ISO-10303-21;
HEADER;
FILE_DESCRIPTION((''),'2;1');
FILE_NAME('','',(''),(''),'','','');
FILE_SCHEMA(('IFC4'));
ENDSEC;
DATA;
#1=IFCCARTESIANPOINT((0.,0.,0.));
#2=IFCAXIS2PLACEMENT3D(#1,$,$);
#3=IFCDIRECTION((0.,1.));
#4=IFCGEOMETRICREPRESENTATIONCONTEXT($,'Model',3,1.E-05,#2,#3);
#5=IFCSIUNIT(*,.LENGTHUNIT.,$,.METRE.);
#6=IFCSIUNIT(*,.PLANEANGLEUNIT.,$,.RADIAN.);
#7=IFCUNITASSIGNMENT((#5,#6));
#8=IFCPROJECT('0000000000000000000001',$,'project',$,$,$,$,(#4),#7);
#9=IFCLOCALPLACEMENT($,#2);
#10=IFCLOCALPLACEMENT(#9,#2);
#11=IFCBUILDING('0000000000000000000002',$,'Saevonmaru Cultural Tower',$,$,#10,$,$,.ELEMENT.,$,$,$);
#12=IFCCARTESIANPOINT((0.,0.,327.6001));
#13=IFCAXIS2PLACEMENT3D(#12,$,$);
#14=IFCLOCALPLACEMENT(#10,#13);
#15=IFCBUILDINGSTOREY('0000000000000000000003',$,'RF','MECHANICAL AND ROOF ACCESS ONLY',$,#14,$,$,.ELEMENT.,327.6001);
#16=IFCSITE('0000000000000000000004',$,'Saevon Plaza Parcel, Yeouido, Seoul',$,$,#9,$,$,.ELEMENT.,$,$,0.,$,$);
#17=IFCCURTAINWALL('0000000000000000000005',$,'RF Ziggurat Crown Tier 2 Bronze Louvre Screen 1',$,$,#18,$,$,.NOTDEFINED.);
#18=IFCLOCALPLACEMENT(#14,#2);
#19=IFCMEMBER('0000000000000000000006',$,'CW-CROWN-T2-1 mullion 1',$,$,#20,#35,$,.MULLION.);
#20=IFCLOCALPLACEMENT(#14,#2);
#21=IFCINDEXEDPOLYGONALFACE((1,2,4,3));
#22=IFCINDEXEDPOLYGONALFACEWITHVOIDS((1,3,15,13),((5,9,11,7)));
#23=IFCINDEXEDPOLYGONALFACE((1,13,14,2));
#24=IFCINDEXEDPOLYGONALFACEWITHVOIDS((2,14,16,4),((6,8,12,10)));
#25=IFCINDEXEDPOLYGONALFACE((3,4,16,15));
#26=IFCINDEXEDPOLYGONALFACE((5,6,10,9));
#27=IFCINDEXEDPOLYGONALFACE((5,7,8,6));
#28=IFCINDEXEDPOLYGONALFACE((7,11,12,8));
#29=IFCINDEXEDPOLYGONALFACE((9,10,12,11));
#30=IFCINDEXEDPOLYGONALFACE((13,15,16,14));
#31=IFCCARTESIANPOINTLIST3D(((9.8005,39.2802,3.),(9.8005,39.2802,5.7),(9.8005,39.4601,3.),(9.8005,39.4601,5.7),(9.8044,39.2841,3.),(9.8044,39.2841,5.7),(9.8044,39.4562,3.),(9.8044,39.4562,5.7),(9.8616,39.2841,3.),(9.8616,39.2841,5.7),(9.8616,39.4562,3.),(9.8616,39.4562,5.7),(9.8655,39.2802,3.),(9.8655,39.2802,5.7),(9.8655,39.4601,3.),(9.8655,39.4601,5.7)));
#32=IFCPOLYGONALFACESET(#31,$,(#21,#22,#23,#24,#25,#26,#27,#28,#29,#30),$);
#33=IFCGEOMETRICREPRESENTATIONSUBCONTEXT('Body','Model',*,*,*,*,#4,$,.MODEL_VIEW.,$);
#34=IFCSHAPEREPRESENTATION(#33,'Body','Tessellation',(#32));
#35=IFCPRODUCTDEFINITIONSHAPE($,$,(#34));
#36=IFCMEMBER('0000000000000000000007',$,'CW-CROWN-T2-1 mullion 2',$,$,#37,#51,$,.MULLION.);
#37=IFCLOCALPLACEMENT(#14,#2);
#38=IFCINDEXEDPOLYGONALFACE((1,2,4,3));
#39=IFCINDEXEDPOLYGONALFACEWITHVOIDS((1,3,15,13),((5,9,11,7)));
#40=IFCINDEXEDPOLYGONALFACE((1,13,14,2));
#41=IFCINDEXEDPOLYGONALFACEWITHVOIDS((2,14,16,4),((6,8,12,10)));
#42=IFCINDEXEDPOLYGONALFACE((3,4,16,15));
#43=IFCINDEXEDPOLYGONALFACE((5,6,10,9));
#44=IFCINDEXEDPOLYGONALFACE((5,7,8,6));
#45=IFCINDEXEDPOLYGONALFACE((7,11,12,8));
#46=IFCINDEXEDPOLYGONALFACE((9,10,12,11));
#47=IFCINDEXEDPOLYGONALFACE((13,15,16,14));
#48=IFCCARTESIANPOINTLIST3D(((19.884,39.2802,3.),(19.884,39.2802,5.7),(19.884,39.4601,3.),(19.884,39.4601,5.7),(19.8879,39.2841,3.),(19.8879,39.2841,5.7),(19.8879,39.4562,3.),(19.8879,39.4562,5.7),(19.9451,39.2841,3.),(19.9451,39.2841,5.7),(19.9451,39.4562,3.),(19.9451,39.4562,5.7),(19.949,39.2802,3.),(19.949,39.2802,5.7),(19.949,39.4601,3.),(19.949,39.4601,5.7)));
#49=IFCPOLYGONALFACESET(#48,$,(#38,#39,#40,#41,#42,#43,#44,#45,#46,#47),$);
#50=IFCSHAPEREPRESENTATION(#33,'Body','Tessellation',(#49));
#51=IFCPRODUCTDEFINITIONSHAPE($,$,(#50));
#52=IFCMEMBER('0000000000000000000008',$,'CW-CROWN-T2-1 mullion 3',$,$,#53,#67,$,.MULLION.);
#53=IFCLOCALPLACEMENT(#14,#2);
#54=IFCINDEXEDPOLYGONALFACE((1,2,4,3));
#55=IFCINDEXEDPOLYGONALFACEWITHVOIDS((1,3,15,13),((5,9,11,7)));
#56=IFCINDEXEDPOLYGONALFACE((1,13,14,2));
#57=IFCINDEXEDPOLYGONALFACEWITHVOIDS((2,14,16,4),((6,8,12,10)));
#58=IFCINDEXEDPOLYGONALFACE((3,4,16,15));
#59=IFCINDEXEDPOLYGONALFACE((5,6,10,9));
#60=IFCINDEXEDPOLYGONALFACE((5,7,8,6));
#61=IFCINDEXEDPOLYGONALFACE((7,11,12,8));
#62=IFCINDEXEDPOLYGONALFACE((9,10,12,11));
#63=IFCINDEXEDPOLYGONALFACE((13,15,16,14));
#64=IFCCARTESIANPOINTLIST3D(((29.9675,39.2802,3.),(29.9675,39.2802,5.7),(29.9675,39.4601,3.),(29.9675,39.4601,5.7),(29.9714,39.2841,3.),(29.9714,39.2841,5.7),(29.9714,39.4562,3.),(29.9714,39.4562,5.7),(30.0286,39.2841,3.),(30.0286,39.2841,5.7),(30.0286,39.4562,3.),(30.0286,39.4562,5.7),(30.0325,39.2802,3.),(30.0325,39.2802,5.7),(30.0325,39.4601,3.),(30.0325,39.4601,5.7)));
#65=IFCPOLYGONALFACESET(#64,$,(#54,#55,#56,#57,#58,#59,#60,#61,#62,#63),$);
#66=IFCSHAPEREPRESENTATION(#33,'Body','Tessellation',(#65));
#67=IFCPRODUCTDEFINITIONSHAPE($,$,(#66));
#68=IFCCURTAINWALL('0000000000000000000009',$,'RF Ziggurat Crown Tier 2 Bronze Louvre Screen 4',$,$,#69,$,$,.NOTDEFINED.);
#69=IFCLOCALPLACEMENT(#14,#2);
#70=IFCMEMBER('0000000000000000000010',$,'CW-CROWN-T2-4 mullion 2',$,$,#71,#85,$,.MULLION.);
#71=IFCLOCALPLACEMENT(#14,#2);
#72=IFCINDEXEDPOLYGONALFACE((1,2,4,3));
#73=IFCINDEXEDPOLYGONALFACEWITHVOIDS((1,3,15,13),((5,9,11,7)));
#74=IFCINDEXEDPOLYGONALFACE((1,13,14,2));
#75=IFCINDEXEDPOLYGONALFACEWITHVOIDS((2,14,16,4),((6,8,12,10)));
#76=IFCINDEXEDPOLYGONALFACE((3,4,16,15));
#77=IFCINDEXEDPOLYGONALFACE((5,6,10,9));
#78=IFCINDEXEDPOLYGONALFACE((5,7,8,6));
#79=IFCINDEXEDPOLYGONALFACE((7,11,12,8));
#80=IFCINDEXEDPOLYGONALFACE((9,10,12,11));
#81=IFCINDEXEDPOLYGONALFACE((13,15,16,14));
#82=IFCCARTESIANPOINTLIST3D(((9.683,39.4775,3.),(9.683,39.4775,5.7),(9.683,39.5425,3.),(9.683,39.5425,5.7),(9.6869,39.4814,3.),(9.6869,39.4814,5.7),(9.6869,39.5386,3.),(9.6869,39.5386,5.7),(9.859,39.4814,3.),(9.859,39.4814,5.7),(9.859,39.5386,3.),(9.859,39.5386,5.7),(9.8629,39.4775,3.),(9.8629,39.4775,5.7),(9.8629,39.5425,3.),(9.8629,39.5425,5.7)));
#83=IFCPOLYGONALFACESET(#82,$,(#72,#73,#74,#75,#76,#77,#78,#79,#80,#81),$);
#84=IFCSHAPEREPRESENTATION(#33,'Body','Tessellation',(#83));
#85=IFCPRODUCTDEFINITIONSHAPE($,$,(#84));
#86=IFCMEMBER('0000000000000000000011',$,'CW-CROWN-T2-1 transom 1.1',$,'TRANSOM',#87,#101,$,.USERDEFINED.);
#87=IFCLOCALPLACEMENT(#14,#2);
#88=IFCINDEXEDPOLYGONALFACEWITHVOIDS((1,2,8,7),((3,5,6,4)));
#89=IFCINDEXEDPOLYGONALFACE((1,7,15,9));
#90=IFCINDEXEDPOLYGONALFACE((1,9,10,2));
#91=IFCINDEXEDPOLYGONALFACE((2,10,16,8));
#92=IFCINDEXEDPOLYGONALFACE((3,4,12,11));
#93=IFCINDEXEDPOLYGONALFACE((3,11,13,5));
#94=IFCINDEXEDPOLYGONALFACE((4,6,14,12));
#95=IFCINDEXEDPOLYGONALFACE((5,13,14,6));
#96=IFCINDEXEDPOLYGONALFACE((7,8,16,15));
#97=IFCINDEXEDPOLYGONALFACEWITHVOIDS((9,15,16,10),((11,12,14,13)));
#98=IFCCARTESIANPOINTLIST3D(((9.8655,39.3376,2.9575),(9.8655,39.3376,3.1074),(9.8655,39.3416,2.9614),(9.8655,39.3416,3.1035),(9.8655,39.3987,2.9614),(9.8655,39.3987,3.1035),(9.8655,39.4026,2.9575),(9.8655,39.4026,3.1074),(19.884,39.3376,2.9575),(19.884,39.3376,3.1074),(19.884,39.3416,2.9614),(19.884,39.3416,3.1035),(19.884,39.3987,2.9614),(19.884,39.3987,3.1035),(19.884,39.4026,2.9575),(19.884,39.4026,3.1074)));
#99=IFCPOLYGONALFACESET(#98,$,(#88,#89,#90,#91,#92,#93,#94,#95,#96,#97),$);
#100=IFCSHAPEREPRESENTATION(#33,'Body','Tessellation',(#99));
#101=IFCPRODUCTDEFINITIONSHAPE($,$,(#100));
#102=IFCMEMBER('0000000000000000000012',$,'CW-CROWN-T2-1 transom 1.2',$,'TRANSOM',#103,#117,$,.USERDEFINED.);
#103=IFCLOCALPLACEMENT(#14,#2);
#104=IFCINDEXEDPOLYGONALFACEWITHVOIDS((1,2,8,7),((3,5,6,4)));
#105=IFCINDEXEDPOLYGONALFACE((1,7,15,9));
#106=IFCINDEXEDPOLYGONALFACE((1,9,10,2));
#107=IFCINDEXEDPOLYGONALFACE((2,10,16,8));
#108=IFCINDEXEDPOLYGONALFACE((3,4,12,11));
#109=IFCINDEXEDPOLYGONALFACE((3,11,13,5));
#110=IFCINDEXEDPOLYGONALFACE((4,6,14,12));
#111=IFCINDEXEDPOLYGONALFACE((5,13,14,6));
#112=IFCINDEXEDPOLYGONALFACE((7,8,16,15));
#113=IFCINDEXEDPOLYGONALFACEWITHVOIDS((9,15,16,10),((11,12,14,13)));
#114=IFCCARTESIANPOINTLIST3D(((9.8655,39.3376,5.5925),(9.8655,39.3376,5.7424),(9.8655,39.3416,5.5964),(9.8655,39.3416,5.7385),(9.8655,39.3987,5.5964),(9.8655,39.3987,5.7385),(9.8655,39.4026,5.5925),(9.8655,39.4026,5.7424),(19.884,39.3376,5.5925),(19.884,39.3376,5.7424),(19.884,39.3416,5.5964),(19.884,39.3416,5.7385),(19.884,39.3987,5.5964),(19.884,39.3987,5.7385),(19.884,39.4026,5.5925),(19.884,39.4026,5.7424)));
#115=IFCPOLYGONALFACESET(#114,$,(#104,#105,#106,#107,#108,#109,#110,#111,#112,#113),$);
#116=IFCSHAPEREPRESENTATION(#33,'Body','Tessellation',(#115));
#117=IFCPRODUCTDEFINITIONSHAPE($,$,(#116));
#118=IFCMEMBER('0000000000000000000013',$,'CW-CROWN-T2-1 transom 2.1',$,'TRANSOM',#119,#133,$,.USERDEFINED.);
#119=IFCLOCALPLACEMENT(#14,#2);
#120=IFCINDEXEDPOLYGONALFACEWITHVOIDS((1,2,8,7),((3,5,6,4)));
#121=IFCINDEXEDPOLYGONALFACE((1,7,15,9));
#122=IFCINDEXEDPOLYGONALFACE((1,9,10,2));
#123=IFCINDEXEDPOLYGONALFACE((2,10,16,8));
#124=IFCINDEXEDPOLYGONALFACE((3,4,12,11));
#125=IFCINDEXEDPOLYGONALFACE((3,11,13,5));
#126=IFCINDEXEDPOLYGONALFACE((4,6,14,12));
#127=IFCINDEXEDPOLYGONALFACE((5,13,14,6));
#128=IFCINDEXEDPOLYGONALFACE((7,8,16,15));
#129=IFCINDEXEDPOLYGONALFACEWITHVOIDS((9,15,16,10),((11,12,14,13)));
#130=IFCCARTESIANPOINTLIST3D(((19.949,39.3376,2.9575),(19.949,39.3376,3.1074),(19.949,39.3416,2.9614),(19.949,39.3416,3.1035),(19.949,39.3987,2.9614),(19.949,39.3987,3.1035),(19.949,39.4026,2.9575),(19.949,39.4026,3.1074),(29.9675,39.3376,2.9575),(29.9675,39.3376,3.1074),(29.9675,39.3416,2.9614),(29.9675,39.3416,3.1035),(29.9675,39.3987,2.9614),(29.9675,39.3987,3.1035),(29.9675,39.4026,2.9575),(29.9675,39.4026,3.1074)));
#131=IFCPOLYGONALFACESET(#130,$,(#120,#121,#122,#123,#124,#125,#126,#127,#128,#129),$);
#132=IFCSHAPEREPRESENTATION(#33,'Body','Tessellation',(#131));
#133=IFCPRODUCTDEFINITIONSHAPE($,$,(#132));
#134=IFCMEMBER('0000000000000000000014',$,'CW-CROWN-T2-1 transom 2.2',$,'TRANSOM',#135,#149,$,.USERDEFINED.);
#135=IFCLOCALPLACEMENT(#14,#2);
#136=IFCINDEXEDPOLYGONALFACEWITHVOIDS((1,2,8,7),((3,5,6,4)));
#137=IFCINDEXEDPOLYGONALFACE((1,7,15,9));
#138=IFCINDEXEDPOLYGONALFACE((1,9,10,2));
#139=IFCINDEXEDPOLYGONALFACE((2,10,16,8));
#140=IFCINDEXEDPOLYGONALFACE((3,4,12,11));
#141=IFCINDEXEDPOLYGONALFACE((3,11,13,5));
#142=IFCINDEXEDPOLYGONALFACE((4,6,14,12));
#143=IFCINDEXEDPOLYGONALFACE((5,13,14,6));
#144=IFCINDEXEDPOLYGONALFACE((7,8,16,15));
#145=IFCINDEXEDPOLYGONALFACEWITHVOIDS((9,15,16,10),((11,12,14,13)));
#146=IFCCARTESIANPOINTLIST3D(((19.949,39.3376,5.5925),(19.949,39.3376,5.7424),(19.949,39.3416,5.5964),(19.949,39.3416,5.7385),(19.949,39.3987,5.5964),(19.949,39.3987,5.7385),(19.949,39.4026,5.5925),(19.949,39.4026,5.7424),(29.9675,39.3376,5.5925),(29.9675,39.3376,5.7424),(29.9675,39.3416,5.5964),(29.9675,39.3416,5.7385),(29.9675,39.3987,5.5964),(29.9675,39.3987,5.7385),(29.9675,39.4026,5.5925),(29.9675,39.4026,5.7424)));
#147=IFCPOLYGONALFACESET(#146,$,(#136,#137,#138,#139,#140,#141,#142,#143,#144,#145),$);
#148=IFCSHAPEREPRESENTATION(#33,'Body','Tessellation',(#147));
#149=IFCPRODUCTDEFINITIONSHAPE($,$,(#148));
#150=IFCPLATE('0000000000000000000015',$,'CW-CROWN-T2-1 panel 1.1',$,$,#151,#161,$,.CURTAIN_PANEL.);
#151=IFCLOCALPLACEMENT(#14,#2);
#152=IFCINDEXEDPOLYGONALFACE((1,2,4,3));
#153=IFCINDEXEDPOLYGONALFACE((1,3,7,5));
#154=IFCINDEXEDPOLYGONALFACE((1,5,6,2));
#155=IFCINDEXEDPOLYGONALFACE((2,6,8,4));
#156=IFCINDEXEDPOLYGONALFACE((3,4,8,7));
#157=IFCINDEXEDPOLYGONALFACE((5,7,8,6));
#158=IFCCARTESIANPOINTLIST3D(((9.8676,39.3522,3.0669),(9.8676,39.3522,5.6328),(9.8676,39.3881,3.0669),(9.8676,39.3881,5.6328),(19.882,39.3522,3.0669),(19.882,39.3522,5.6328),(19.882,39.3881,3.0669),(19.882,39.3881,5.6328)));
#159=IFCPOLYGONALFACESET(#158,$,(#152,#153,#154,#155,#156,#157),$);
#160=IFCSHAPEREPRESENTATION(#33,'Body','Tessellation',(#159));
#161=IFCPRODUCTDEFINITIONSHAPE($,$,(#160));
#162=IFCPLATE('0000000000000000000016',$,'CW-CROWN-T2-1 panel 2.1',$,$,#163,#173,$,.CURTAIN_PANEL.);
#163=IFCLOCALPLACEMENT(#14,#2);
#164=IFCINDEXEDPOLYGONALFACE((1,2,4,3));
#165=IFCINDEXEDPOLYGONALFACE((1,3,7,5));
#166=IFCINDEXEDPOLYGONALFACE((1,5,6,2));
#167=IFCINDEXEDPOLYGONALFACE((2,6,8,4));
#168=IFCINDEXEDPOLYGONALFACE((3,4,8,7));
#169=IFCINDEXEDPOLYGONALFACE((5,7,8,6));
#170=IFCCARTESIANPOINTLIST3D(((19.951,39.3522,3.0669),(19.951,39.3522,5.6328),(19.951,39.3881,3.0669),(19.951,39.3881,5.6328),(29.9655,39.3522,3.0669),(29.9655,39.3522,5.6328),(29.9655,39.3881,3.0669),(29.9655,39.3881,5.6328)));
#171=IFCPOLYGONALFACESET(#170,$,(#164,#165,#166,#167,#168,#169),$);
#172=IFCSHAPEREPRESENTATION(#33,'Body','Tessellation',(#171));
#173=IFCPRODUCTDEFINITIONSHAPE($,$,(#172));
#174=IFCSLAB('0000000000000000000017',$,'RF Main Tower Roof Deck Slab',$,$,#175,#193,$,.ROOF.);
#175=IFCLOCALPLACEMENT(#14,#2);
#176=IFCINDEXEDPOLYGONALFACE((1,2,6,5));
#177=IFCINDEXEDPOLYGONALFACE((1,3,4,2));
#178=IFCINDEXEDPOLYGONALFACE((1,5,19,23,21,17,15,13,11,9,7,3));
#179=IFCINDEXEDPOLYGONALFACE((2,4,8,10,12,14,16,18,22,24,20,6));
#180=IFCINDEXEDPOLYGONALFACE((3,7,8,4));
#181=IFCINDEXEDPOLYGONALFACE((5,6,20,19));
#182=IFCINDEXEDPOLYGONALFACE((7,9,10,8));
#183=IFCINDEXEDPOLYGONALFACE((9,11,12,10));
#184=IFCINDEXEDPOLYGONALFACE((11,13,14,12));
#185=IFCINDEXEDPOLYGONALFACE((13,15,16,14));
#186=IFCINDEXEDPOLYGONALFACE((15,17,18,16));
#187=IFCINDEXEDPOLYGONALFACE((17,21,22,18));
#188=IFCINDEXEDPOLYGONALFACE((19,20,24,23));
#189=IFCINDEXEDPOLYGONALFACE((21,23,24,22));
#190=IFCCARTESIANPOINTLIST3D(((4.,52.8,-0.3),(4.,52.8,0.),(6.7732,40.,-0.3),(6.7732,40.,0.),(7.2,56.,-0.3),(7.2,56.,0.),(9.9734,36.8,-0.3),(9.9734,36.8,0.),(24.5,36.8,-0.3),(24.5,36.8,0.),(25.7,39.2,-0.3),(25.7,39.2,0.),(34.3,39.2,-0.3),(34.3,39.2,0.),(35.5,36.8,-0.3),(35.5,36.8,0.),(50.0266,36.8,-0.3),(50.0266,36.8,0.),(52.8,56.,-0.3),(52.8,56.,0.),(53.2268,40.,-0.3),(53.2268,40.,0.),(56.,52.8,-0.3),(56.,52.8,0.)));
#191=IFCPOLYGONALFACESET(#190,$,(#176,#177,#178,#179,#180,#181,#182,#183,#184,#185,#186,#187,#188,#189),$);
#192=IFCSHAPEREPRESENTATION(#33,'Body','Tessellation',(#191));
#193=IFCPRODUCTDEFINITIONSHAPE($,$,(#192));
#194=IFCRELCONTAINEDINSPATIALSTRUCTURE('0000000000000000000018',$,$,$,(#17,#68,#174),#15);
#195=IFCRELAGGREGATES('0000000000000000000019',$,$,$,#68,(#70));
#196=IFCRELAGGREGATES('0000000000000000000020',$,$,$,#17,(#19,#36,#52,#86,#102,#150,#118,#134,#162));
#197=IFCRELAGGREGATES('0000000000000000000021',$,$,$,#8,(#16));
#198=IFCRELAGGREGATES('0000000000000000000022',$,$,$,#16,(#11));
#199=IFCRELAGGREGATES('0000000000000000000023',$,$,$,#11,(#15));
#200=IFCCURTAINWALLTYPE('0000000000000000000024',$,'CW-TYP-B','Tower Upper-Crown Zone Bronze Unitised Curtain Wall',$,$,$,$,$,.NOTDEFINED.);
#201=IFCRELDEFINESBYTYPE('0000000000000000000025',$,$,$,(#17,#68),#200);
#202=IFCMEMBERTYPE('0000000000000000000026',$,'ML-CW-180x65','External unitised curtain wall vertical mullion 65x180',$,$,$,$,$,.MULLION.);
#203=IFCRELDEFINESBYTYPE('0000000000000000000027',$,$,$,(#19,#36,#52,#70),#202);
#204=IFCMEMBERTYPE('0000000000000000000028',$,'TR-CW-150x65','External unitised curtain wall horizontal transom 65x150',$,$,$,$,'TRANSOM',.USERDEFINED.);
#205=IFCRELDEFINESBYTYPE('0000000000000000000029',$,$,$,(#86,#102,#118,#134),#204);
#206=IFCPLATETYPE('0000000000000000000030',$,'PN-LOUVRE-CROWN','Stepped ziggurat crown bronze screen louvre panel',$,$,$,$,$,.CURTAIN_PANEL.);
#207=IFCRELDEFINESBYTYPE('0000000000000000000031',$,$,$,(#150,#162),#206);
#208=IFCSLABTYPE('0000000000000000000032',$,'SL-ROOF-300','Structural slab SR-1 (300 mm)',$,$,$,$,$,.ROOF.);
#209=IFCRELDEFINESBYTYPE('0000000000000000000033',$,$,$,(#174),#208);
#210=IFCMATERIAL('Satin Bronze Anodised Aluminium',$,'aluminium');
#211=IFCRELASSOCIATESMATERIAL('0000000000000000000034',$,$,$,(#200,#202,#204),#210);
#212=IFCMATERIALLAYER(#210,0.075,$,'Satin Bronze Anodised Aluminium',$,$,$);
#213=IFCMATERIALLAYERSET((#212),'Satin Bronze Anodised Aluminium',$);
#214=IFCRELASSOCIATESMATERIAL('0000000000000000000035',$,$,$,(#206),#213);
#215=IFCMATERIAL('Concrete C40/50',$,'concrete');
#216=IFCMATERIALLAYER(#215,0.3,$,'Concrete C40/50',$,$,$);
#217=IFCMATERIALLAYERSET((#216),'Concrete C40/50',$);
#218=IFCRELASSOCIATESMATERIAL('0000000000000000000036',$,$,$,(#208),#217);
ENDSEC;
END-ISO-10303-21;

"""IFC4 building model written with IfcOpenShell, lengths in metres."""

from ifc_helpers import new_model, si_unit, direction, frame, origin, origin_2d, place, context, subcontext, project, spatial, polyline, rectangle, hollow_rectangle, outline, extrude, material, layer, layer_set, material_profile, profile_set, type_object, element, aggregate, save


model = new_model("IFC4")

# Units and contexts
model_context = context("Model", 3, precision=1e-05, world=origin(), true_north=direction((0.0, 1.0)))
body_context = subcontext(model_context, "Body", "Model", "MODEL_VIEW")
ifc_project = project(units=[si_unit("LENGTHUNIT", "METRE"), si_unit("PLANEANGLEUNIT", "RADIAN")], contexts=[model_context])

# Site, building, storey
site_placement = place(None, origin())
site = spatial("IfcSite", under=ifc_project, at=site_placement, Name="Saevon Plaza Parcel, Yeouido, Seoul", CompositionType="ELEMENT", RefElevation=0.0)
building_placement = place(site_placement, origin())
building = spatial("IfcBuilding", under=site, at=building_placement, Name="Saevonmaru Cultural Tower", CompositionType="ELEMENT")
storey_placement = place(building_placement, frame((0.0, 0.0, 327.6001)))
storey = spatial("IfcBuildingStorey", under=building, at=storey_placement, Name="RF", Description="MECHANICAL AND ROOF ACCESS ONLY", CompositionType="ELEMENT", Elevation=327.6001)

# Curtain wall, members
ifc_material_1 = material(Name="Satin Bronze Anodised Aluminium", Category="aluminium")
curtain_wall_type = type_object("IfcCurtainWallType", Name="CW-TYP-B", Description="Tower Upper-Crown Zone Bronze Unitised Curtain Wall", PredefinedType="NOTDEFINED", material=ifc_material_1)
curtain_wall_1_placement = place(storey_placement, origin())
curtain_wall_1 = element("IfcCurtainWall", 1, at=curtain_wall_1_placement, inside=storey, type_object=curtain_wall_type, Name="RF Ziggurat Crown Tier 2 Bronze Louvre Screen 1", PredefinedType="NOTDEFINED")
ifc_material_profile_1 = material_profile(ifc_material_1, hollow_rectangle(XDim=0.0649, YDim=0.1799, WallThickness=0.0039, at=origin_2d()), Name="ALU-MULL-180x65x4")
ifc_profile_set_1 = profile_set([ifc_material_profile_1], Name="Satin Bronze Anodised Aluminium")
member_type_1 = type_object("IfcMemberType", Name="ML-CW-180x65", Description="External unitised curtain wall vertical mullion 65x180", PredefinedType="MULLION", material=ifc_profile_set_1)
member_1_placement = place(storey_placement, frame((9.833, 39.3701, 3.0), z_axis=(0.0, 0.0, 1.0), x_axis=(1.0, 0.0, 0.0)))
member_1 = element("IfcMember", 2, at=member_1_placement, type_object=member_type_1, Name="CW-CROWN-T2-1 mullion 1", PredefinedType="MULLION", context=body_context, shape_type="SweptSolid", body=[
    extrude(hollow_rectangle(XDim=0.0649, YDim=0.1799, WallThickness=0.0039, at=origin_2d()), origin(), (0.0, 0.0, 1.0), 2.7),
])
member_2_placement = place(storey_placement, frame((19.9165, 39.3701, 3.0), z_axis=(0.0, 0.0, 1.0), x_axis=(1.0, 0.0, 0.0)))
member_2 = element("IfcMember", 3, at=member_2_placement, type_object=member_type_1, Name="CW-CROWN-T2-1 mullion 2", PredefinedType="MULLION", context=body_context, shape_type="SweptSolid", body=[
    extrude(hollow_rectangle(XDim=0.0649, YDim=0.1799, WallThickness=0.0039, at=origin_2d()), origin(), (0.0, 0.0, 1.0), 2.7),
])
member_3_placement = place(storey_placement, frame((30.0, 39.3701, 3.0), z_axis=(0.0, 0.0, 1.0), x_axis=(1.0, 0.0, 0.0)))
member_3 = element("IfcMember", 4, at=member_3_placement, type_object=member_type_1, Name="CW-CROWN-T2-1 mullion 3", PredefinedType="MULLION", context=body_context, shape_type="SweptSolid", body=[
    extrude(hollow_rectangle(XDim=0.0649, YDim=0.1799, WallThickness=0.0039, at=origin_2d()), origin(), (0.0, 0.0, 1.0), 2.7),
])

# Curtain wall, member
curtain_wall_2_placement = place(storey_placement, origin())
curtain_wall_2 = element("IfcCurtainWall", 5, at=curtain_wall_2_placement, inside=storey, type_object=curtain_wall_type, Name="RF Ziggurat Crown Tier 2 Bronze Louvre Screen 4", PredefinedType="NOTDEFINED")
member_4_placement = place(storey_placement, frame((9.7729, 39.51, 3.0), z_axis=(0.0, 0.0, 1.0), x_axis=(0.0, -1.0, 0.0)))
member_4 = element("IfcMember", 6, at=member_4_placement, type_object=member_type_1, Name="CW-CROWN-T2-4 mullion 2", PredefinedType="MULLION", context=body_context, shape_type="SweptSolid", body=[
    extrude(hollow_rectangle(XDim=0.0649, YDim=0.1799, WallThickness=0.0039, at=origin_2d()), origin(), (0.0, 0.0, 1.0), 2.7),
])
aggregate(curtain_wall_2, [member_4])

# Members
ifc_material_profile_2 = material_profile(ifc_material_1, hollow_rectangle(XDim=0.0649, YDim=0.1499, WallThickness=0.0039, at=origin_2d()), Name="ALU-TRAN-150x65x4")
ifc_profile_set_2 = profile_set([ifc_material_profile_2], Name="Satin Bronze Anodised Aluminium")
member_type_2 = type_object("IfcMemberType", Name="TR-CW-150x65", Description="External unitised curtain wall horizontal transom 65x150", ElementType="TRANSOM", PredefinedType="USERDEFINED", material=ifc_profile_set_2)
member_5_placement = place(storey_placement, frame((9.8655, 39.3701, 3.0325), z_axis=(1.0, 0.0, 0.0), x_axis=(0.0, 1.0, 0.0)))
member_5 = element("IfcMember", 7, at=member_5_placement, type_object=member_type_2, Name="CW-CROWN-T2-1 transom 1.1", ObjectType="TRANSOM", PredefinedType="USERDEFINED", context=body_context, shape_type="SweptSolid", body=[
    extrude(hollow_rectangle(XDim=0.0649, YDim=0.1499, WallThickness=0.0039, at=origin_2d()), origin(), (0.0, 0.0, 1.0), 10.0186),
])
member_6_placement = place(storey_placement, frame((9.8655, 39.3701, 5.6675), z_axis=(1.0, 0.0, 0.0), x_axis=(0.0, 1.0, 0.0)))
member_6 = element("IfcMember", 8, at=member_6_placement, type_object=member_type_2, Name="CW-CROWN-T2-1 transom 1.2", ObjectType="TRANSOM", PredefinedType="USERDEFINED", context=body_context, shape_type="SweptSolid", body=[
    extrude(hollow_rectangle(XDim=0.0649, YDim=0.1499, WallThickness=0.0039, at=origin_2d()), origin(), (0.0, 0.0, 1.0), 10.0186),
])
member_7_placement = place(storey_placement, frame((19.949, 39.3701, 3.0325), z_axis=(1.0, 0.0, 0.0), x_axis=(0.0, 1.0, 0.0)))
member_7 = element("IfcMember", 9, at=member_7_placement, type_object=member_type_2, Name="CW-CROWN-T2-1 transom 2.1", ObjectType="TRANSOM", PredefinedType="USERDEFINED", context=body_context, shape_type="SweptSolid", body=[
    extrude(hollow_rectangle(XDim=0.0649, YDim=0.1499, WallThickness=0.0039, at=origin_2d()), origin(), (0.0, 0.0, 1.0), 10.0186),
])
member_8_placement = place(storey_placement, frame((19.949, 39.3701, 5.6675), z_axis=(1.0, 0.0, 0.0), x_axis=(0.0, 1.0, 0.0)))
member_8 = element("IfcMember", 10, at=member_8_placement, type_object=member_type_2, Name="CW-CROWN-T2-1 transom 2.2", ObjectType="TRANSOM", PredefinedType="USERDEFINED", context=body_context, shape_type="SweptSolid", body=[
    extrude(hollow_rectangle(XDim=0.0649, YDim=0.1499, WallThickness=0.0039, at=origin_2d()), origin(), (0.0, 0.0, 1.0), 10.0186),
])

# Plates
ifc_layer_1 = layer(ifc_material_1, 0.075, Name="Satin Bronze Anodised Aluminium")
ifc_layer_set_1 = layer_set([ifc_layer_1], Name="Satin Bronze Anodised Aluminium")
plate_type = type_object("IfcPlateType", Name="PN-LOUVRE-CROWN", Description="Stepped ziggurat crown bronze screen louvre panel", PredefinedType="CURTAIN_PANEL", material=ifc_layer_set_1)
plate_1_placement = place(storey_placement, frame((14.8748, 39.3701, 3.0669), z_axis=(0.0, 0.0, 1.0), x_axis=(1.0, 0.0, 0.0)))
plate_1 = element("IfcPlate", 11, at=plate_1_placement, type_object=plate_type, Name="CW-CROWN-T2-1 panel 1.1", PredefinedType="CURTAIN_PANEL", context=body_context, shape_type="SweptSolid", body=[
    extrude(rectangle(XDim=10.0144, YDim=0.0359, at=origin_2d()), origin(), (0.0, 0.0, 1.0), 2.5659),
])
plate_2_placement = place(storey_placement, frame((24.9583, 39.3701, 3.0669), z_axis=(0.0, 0.0, 1.0), x_axis=(1.0, 0.0, 0.0)))
plate_2 = element("IfcPlate", 12, at=plate_2_placement, type_object=plate_type, Name="CW-CROWN-T2-1 panel 2.1", PredefinedType="CURTAIN_PANEL", context=body_context, shape_type="SweptSolid", body=[
    extrude(rectangle(XDim=10.0144, YDim=0.0359, at=origin_2d()), origin(), (0.0, 0.0, 1.0), 2.5659),
])
aggregate(curtain_wall_1, [member_1, member_2, member_3, member_5, member_6, plate_1, member_7, member_8, plate_2])

# Slab
ifc_material_2 = material(Name="Concrete C40/50", Category="concrete")
ifc_layer_2 = layer(ifc_material_2, 0.3, Name="Concrete C40/50")
ifc_layer_set_2 = layer_set([ifc_layer_2], Name="Concrete C40/50")
slab_type = type_object("IfcSlabType", Name="SL-ROOF-300", Description="Structural slab SR-1 (300 mm)", PredefinedType="ROOF", material=ifc_layer_set_2)
slab_placement = place(storey_placement, frame((0.0, 0.0, -0.3)))
element("IfcSlab", 13, at=slab_placement, inside=storey, type_object=slab_type, Name="RF Main Tower Roof Deck Slab", PredefinedType="ROOF", context=body_context, shape_type="SweptSolid", body=[
    extrude(outline(polyline([(9.9734, 36.8), (24.5, 36.8), (25.7, 39.2), (34.3, 39.2), (35.5, 36.8), (50.0266, 36.8), (53.2268, 40.0), (56.0, 52.8), (52.8, 56.0), (7.2, 56.0), (4.0, 52.8), (6.7732, 40.0), (9.9734, 36.8)])), origin(), (0.0, 0.0, 1.0), 0.3),
])

save(model, "model.ifc")
